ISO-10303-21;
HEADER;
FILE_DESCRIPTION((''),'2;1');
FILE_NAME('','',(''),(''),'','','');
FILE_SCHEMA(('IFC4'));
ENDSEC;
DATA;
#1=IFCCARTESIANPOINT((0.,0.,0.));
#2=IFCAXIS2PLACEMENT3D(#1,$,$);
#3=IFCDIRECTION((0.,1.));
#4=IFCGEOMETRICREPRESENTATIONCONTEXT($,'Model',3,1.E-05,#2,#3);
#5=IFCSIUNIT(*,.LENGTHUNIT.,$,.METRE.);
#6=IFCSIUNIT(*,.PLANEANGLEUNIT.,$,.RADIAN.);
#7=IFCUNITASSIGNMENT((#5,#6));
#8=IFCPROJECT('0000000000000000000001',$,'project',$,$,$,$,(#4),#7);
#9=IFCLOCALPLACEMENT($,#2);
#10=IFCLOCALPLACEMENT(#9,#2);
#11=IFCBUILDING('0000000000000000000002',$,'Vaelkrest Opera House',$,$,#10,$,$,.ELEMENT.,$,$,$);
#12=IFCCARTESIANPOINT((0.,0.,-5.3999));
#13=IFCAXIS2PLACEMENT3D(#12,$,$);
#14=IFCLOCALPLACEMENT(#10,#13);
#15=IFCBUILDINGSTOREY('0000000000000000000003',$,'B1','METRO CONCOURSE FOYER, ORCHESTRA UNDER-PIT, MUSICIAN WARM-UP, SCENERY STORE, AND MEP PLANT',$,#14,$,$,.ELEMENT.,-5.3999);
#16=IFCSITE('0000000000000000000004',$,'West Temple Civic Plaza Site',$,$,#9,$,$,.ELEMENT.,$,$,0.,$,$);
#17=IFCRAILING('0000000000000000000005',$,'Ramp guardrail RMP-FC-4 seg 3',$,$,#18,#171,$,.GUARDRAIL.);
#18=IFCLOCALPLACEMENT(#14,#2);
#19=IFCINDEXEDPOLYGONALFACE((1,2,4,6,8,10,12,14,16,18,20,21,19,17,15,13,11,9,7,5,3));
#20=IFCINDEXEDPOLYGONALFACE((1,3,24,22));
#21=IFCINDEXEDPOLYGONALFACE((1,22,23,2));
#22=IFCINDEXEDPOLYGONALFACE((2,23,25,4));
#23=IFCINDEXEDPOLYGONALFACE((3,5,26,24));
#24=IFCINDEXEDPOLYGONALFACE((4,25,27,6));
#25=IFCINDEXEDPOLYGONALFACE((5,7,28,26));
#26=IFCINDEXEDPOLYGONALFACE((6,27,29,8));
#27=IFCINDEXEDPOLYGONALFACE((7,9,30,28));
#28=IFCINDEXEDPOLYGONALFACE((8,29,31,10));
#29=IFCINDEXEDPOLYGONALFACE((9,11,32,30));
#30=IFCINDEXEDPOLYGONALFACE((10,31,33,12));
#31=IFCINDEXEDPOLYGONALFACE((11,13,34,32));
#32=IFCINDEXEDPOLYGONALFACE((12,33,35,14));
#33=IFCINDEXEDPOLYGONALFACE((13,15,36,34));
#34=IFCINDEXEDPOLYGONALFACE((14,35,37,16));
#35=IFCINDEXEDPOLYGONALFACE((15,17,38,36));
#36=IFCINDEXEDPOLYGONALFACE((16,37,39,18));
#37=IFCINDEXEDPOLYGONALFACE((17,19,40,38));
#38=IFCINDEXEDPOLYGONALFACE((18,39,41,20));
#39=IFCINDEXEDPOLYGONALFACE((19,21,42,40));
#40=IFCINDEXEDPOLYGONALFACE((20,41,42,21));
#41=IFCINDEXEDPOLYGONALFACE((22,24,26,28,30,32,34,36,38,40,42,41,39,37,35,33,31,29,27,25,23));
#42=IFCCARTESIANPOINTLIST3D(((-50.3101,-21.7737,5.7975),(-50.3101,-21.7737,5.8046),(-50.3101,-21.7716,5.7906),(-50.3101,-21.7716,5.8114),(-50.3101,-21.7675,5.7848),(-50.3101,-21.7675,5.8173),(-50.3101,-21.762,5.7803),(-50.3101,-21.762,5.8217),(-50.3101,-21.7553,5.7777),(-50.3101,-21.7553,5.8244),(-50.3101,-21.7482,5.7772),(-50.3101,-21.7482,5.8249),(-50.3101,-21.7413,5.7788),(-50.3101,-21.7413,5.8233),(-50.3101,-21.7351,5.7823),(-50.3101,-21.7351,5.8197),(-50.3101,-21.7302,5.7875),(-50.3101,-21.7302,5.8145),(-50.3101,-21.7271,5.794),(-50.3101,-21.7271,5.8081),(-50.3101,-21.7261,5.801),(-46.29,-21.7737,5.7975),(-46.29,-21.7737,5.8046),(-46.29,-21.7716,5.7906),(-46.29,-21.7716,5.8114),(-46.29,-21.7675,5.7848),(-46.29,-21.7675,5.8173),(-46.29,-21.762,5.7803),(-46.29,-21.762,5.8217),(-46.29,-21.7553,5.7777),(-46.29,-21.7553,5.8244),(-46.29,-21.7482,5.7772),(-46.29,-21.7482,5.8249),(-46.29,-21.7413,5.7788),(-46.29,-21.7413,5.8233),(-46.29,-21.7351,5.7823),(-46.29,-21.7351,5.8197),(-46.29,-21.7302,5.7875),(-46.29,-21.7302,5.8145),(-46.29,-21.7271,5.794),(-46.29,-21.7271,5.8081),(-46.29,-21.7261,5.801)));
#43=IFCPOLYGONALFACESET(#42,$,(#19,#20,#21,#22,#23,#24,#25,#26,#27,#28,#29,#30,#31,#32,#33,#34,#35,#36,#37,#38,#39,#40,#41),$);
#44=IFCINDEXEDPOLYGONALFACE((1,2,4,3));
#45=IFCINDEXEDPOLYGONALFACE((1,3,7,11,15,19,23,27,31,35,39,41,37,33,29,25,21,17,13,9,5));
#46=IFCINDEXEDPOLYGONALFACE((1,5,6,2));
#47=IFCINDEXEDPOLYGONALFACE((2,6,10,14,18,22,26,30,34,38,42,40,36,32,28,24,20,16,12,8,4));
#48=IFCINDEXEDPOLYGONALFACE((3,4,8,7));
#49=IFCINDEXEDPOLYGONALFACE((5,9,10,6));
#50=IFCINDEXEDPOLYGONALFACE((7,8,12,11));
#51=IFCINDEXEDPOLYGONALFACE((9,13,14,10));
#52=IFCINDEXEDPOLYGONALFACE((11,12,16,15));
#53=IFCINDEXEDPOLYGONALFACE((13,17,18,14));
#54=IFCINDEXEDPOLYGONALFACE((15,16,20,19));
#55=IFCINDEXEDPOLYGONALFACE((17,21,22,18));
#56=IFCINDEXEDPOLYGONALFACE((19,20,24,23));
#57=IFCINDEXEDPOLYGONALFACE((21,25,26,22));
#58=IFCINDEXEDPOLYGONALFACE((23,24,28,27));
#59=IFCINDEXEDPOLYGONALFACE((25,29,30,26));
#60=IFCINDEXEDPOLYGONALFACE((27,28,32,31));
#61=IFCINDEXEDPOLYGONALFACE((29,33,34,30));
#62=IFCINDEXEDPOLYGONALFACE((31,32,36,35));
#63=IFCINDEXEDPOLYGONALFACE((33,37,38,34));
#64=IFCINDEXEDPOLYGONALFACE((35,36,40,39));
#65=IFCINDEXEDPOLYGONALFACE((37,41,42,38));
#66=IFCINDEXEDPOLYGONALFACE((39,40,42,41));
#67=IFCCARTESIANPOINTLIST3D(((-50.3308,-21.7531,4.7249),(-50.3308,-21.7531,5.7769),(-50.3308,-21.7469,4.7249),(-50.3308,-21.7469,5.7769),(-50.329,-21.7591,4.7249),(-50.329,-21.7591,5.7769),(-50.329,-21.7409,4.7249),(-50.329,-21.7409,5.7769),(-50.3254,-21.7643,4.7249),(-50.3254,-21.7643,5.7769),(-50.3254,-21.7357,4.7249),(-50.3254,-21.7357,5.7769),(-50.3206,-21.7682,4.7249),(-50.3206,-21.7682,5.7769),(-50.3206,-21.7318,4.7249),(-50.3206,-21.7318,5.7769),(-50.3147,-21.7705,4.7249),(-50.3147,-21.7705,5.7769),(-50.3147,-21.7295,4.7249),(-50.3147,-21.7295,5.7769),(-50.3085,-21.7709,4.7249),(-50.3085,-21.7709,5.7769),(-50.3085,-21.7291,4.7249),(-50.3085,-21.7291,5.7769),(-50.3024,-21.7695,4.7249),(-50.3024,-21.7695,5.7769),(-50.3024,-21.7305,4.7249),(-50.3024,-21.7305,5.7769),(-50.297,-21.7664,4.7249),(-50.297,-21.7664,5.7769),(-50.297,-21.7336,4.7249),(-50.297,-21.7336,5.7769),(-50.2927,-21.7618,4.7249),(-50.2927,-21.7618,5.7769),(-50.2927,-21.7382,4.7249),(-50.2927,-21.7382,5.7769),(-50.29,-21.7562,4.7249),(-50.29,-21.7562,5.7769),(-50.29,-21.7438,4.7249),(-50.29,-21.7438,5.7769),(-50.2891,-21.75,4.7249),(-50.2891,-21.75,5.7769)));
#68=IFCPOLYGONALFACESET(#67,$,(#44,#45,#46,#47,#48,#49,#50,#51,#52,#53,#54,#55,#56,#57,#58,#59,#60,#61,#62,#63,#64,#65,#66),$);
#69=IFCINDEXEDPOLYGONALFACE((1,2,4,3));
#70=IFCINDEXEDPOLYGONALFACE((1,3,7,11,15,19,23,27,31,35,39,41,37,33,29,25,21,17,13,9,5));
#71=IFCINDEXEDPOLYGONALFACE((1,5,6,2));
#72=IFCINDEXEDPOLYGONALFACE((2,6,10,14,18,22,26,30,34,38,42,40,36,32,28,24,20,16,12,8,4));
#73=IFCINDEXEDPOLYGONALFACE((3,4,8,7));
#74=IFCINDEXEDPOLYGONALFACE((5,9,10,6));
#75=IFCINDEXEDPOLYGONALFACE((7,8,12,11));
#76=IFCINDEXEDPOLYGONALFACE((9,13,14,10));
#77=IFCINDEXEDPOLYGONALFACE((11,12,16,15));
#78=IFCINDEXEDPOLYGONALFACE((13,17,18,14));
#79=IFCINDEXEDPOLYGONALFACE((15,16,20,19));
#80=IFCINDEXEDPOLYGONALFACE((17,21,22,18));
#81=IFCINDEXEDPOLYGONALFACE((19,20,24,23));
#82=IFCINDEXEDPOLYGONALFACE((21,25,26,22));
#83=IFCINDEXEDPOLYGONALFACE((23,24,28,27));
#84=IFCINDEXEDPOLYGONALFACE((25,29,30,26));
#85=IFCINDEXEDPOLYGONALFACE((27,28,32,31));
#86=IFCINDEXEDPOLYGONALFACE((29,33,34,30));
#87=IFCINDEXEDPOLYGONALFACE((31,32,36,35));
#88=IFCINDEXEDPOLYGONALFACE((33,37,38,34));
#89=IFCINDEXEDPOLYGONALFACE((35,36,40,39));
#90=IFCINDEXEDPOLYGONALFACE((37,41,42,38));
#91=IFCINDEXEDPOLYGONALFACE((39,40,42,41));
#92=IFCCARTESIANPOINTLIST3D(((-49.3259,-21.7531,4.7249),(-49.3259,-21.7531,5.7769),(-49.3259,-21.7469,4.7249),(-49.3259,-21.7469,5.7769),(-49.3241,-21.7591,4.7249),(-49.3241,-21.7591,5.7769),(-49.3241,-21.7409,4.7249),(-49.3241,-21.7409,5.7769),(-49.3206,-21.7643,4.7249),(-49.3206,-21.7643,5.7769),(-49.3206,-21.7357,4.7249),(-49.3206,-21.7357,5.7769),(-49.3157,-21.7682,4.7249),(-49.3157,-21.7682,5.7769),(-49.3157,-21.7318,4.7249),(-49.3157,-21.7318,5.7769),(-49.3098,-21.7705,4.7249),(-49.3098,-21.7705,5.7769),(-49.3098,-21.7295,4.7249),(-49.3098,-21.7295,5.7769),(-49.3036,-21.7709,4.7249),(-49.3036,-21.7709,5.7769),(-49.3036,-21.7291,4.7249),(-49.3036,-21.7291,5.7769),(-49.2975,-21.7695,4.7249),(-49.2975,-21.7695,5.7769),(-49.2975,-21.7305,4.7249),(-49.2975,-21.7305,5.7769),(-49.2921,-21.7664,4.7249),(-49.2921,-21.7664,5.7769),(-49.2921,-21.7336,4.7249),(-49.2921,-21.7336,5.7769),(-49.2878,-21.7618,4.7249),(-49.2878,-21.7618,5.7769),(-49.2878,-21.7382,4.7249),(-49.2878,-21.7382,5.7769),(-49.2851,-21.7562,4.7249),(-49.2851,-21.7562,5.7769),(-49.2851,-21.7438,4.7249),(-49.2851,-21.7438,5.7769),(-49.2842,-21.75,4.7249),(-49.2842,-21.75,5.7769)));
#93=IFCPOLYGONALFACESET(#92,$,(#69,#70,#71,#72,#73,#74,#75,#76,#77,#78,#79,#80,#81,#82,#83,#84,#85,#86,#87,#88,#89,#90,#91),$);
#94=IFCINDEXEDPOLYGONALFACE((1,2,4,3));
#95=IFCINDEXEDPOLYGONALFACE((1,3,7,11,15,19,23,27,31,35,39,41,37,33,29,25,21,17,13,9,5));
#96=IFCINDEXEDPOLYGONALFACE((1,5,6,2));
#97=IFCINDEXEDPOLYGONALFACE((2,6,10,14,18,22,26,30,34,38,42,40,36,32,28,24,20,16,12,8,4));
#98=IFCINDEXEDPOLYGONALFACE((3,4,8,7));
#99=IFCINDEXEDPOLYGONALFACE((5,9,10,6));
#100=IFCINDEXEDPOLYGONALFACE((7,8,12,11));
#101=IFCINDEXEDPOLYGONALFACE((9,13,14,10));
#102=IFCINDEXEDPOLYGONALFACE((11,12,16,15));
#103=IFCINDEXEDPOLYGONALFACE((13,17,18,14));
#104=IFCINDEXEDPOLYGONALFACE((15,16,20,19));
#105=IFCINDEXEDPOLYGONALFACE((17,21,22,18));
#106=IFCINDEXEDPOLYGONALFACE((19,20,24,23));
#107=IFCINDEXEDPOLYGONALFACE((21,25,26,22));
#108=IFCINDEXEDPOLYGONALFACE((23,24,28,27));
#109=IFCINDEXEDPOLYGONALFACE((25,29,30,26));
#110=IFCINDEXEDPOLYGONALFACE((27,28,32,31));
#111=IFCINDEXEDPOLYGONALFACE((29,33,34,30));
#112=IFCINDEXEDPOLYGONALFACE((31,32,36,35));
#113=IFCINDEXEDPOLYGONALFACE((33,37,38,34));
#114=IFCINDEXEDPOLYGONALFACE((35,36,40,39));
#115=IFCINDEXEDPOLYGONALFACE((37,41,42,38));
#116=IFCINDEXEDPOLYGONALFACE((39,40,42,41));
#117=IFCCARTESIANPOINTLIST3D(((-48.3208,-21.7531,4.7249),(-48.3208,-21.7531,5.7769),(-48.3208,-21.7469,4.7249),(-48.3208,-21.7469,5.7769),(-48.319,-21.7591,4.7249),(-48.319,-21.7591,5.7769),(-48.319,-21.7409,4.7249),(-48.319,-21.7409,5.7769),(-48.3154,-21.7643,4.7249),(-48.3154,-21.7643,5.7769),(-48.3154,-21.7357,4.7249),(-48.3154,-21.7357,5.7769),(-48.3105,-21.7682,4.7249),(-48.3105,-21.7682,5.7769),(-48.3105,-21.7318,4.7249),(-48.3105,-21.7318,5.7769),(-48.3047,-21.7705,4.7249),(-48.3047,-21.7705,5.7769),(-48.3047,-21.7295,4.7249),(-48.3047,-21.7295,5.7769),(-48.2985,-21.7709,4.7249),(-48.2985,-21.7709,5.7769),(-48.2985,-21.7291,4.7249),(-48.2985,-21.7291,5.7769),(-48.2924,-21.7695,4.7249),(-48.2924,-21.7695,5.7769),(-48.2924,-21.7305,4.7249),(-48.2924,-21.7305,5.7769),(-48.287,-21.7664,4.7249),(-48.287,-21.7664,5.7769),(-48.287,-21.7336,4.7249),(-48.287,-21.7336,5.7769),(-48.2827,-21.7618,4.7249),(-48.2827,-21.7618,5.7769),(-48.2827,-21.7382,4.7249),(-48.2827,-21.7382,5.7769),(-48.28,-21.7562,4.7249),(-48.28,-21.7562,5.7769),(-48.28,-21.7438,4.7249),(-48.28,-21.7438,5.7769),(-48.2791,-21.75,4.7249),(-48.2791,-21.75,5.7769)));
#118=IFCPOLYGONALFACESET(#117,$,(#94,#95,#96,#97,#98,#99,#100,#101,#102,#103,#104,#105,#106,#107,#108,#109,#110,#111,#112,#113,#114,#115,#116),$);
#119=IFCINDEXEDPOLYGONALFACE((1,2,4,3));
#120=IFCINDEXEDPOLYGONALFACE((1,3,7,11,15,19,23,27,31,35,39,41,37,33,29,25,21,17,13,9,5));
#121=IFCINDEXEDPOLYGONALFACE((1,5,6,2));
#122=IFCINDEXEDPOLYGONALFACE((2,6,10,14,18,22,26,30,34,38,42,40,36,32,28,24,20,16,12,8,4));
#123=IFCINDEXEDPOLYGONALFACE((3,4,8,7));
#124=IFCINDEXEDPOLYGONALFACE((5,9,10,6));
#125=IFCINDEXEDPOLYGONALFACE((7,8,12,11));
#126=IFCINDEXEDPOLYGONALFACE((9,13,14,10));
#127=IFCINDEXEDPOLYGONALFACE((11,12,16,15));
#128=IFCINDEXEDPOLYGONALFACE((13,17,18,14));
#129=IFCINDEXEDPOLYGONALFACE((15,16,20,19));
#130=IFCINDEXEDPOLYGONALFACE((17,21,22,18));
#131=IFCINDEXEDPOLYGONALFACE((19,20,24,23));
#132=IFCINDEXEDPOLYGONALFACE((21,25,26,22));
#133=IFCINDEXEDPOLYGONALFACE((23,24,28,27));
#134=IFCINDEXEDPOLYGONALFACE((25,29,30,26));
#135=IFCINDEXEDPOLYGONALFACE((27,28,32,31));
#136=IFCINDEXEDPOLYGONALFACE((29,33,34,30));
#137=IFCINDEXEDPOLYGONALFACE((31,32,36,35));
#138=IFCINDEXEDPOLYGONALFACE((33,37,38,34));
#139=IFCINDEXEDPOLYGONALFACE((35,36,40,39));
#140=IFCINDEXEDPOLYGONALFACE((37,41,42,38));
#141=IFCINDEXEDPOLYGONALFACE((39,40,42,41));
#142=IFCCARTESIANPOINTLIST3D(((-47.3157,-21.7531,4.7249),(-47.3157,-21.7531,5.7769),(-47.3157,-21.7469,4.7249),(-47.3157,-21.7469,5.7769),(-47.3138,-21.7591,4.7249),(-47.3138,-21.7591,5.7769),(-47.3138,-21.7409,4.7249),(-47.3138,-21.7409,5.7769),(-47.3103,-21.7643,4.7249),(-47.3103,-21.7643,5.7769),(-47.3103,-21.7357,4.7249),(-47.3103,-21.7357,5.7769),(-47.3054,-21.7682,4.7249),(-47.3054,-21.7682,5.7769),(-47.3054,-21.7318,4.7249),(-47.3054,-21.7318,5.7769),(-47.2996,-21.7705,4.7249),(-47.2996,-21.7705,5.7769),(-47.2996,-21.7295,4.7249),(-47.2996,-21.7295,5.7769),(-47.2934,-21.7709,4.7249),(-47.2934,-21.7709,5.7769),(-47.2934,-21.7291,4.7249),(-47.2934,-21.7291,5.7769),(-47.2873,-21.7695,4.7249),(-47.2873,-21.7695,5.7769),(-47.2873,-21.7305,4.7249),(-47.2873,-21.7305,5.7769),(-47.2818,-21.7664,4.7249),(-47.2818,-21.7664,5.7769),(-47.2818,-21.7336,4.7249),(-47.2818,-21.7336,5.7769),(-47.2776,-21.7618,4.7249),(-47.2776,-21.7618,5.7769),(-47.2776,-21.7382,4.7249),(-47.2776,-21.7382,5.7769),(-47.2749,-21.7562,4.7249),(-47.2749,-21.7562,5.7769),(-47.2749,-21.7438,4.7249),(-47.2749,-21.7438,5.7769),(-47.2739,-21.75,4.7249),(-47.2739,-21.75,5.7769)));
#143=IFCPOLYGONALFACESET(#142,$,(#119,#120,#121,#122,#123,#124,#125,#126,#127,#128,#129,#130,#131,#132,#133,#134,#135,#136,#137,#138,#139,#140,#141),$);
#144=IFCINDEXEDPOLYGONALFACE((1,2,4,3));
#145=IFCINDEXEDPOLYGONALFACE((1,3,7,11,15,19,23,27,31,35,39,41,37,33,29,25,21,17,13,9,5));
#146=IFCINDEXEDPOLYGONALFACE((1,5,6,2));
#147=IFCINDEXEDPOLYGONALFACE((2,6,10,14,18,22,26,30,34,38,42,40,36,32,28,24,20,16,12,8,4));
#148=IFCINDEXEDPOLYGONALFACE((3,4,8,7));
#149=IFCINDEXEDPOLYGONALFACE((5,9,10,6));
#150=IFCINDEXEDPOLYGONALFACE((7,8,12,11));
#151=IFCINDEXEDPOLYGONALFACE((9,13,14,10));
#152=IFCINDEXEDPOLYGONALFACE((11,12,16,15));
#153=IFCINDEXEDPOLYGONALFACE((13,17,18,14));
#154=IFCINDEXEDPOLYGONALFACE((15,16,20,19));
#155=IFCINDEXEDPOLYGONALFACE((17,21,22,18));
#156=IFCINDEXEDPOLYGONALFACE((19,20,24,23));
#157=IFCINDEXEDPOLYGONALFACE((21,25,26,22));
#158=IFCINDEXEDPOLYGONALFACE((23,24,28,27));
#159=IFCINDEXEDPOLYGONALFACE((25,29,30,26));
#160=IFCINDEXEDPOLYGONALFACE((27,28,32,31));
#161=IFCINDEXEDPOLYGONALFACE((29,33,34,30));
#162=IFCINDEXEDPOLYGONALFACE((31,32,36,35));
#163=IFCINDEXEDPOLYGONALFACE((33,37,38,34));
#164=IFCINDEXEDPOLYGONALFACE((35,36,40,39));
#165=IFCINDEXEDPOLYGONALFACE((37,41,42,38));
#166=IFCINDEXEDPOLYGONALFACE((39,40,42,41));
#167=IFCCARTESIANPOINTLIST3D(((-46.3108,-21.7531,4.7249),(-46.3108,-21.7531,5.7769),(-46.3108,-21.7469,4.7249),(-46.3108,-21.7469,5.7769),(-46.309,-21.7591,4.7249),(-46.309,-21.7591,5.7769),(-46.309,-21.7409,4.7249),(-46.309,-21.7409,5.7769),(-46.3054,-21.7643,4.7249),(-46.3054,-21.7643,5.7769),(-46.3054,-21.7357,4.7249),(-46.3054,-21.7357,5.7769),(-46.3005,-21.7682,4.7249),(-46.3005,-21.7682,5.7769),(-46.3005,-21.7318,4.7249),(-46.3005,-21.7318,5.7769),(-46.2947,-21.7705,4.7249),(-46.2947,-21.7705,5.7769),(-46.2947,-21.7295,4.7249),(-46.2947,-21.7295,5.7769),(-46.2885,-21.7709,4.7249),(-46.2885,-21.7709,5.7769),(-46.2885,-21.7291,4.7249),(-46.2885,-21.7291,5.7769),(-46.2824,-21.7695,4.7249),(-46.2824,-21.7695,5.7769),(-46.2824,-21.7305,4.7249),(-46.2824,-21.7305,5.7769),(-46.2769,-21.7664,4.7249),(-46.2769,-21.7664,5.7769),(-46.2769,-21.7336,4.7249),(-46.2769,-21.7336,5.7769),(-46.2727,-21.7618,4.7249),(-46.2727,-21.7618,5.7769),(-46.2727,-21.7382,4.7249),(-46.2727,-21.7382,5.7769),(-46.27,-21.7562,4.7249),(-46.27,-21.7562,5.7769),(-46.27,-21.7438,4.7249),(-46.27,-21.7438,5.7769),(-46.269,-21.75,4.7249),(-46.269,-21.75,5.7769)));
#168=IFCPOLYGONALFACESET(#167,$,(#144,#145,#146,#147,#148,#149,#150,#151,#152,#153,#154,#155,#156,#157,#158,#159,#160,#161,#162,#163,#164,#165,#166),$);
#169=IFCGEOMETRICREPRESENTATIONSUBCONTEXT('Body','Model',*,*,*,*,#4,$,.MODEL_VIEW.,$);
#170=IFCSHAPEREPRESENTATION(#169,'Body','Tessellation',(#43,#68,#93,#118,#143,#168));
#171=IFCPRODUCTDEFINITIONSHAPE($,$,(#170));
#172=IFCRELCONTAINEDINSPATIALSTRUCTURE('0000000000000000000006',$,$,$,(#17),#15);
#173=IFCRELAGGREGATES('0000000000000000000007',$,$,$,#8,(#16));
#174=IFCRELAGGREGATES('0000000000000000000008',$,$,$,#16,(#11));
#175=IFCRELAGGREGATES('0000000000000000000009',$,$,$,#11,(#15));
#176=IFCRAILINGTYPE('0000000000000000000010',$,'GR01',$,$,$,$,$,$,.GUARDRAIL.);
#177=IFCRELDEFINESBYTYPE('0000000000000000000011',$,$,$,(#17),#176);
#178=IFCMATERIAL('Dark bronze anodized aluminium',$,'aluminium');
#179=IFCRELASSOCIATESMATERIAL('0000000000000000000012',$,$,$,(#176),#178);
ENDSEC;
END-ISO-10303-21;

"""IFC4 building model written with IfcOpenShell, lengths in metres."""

from ifc_helpers import new_model, si_unit, direction, frame, origin, origin_2d, place, context, subcontext, project, spatial, circle, extrude, material, type_object, element, save


model = new_model("IFC4")

# Units and contexts
model_context = context("Model", 3, precision=1e-05, world=origin(), true_north=direction((0.0, 1.0)))
body_context = subcontext(model_context, "Body", "Model", "MODEL_VIEW")
ifc_project = project(units=[si_unit("LENGTHUNIT", "METRE"), si_unit("PLANEANGLEUNIT", "RADIAN")], contexts=[model_context])

# Site, building, storey
site_placement = place(None, origin())
site = spatial("IfcSite", under=ifc_project, at=site_placement, Name="West Temple Civic Plaza Site", CompositionType="ELEMENT", RefElevation=0.0)
building_placement = place(site_placement, origin())
building = spatial("IfcBuilding", under=site, at=building_placement, Name="Vaelkrest Opera House", CompositionType="ELEMENT")
storey_placement = place(building_placement, frame((0.0, 0.0, -5.3999)))
storey = spatial("IfcBuildingStorey", under=building, at=storey_placement, Name="B1", Description="METRO CONCOURSE FOYER, ORCHESTRA UNDER-PIT, MUSICIAN WARM-UP, SCENERY STORE, AND MEP PLANT", CompositionType="ELEMENT", Elevation=-5.3999)

# Shared definitions
ifc_material_1 = material(Name="Dark bronze anodized aluminium", Category="aluminium")

# Railing
railing_type = type_object("IfcRailingType", Name="GR01", PredefinedType="GUARDRAIL", material=ifc_material_1)
railing_1_placement = place(storey_placement, frame((-50.3101, -21.75, 4.7249)))
element("IfcRailing", 1, at=railing_1_placement, inside=storey, type_object=railing_type, Name="Ramp guardrail RMP-FC-4 seg 3", PredefinedType="GUARDRAIL", context=body_context, shape_type="SweptSolid", body=[
    extrude(circle(Radius=0.0239, at=origin_2d()), frame((0.0, 0.0, 1.0762), z_axis=(1.0, 0.0, 0.0), x_axis=(0.0, 1.0, 0.0)), (0.0, 0.0, 1.0), 4.02),
    extrude(circle(Radius=0.021, at=origin_2d()), origin(), (0.0, 0.0, 1.0), 1.052),
    extrude(circle(Radius=0.021, at=origin_2d()), frame((1.0049, 0.0, 0.0)), (0.0, 0.0, 1.0), 1.052),
    extrude(circle(Radius=0.021, at=origin_2d()), frame((2.01, 0.0, 0.0)), (0.0, 0.0, 1.0), 1.052),
    extrude(circle(Radius=0.021, at=origin_2d()), frame((3.0151, 0.0, 0.0)), (0.0, 0.0, 1.0), 1.052),
    extrude(circle(Radius=0.021, at=origin_2d()), frame((4.02, 0.0, 0.0)), (0.0, 0.0, 1.0), 1.052),
])

save(model, "model.ifc")
